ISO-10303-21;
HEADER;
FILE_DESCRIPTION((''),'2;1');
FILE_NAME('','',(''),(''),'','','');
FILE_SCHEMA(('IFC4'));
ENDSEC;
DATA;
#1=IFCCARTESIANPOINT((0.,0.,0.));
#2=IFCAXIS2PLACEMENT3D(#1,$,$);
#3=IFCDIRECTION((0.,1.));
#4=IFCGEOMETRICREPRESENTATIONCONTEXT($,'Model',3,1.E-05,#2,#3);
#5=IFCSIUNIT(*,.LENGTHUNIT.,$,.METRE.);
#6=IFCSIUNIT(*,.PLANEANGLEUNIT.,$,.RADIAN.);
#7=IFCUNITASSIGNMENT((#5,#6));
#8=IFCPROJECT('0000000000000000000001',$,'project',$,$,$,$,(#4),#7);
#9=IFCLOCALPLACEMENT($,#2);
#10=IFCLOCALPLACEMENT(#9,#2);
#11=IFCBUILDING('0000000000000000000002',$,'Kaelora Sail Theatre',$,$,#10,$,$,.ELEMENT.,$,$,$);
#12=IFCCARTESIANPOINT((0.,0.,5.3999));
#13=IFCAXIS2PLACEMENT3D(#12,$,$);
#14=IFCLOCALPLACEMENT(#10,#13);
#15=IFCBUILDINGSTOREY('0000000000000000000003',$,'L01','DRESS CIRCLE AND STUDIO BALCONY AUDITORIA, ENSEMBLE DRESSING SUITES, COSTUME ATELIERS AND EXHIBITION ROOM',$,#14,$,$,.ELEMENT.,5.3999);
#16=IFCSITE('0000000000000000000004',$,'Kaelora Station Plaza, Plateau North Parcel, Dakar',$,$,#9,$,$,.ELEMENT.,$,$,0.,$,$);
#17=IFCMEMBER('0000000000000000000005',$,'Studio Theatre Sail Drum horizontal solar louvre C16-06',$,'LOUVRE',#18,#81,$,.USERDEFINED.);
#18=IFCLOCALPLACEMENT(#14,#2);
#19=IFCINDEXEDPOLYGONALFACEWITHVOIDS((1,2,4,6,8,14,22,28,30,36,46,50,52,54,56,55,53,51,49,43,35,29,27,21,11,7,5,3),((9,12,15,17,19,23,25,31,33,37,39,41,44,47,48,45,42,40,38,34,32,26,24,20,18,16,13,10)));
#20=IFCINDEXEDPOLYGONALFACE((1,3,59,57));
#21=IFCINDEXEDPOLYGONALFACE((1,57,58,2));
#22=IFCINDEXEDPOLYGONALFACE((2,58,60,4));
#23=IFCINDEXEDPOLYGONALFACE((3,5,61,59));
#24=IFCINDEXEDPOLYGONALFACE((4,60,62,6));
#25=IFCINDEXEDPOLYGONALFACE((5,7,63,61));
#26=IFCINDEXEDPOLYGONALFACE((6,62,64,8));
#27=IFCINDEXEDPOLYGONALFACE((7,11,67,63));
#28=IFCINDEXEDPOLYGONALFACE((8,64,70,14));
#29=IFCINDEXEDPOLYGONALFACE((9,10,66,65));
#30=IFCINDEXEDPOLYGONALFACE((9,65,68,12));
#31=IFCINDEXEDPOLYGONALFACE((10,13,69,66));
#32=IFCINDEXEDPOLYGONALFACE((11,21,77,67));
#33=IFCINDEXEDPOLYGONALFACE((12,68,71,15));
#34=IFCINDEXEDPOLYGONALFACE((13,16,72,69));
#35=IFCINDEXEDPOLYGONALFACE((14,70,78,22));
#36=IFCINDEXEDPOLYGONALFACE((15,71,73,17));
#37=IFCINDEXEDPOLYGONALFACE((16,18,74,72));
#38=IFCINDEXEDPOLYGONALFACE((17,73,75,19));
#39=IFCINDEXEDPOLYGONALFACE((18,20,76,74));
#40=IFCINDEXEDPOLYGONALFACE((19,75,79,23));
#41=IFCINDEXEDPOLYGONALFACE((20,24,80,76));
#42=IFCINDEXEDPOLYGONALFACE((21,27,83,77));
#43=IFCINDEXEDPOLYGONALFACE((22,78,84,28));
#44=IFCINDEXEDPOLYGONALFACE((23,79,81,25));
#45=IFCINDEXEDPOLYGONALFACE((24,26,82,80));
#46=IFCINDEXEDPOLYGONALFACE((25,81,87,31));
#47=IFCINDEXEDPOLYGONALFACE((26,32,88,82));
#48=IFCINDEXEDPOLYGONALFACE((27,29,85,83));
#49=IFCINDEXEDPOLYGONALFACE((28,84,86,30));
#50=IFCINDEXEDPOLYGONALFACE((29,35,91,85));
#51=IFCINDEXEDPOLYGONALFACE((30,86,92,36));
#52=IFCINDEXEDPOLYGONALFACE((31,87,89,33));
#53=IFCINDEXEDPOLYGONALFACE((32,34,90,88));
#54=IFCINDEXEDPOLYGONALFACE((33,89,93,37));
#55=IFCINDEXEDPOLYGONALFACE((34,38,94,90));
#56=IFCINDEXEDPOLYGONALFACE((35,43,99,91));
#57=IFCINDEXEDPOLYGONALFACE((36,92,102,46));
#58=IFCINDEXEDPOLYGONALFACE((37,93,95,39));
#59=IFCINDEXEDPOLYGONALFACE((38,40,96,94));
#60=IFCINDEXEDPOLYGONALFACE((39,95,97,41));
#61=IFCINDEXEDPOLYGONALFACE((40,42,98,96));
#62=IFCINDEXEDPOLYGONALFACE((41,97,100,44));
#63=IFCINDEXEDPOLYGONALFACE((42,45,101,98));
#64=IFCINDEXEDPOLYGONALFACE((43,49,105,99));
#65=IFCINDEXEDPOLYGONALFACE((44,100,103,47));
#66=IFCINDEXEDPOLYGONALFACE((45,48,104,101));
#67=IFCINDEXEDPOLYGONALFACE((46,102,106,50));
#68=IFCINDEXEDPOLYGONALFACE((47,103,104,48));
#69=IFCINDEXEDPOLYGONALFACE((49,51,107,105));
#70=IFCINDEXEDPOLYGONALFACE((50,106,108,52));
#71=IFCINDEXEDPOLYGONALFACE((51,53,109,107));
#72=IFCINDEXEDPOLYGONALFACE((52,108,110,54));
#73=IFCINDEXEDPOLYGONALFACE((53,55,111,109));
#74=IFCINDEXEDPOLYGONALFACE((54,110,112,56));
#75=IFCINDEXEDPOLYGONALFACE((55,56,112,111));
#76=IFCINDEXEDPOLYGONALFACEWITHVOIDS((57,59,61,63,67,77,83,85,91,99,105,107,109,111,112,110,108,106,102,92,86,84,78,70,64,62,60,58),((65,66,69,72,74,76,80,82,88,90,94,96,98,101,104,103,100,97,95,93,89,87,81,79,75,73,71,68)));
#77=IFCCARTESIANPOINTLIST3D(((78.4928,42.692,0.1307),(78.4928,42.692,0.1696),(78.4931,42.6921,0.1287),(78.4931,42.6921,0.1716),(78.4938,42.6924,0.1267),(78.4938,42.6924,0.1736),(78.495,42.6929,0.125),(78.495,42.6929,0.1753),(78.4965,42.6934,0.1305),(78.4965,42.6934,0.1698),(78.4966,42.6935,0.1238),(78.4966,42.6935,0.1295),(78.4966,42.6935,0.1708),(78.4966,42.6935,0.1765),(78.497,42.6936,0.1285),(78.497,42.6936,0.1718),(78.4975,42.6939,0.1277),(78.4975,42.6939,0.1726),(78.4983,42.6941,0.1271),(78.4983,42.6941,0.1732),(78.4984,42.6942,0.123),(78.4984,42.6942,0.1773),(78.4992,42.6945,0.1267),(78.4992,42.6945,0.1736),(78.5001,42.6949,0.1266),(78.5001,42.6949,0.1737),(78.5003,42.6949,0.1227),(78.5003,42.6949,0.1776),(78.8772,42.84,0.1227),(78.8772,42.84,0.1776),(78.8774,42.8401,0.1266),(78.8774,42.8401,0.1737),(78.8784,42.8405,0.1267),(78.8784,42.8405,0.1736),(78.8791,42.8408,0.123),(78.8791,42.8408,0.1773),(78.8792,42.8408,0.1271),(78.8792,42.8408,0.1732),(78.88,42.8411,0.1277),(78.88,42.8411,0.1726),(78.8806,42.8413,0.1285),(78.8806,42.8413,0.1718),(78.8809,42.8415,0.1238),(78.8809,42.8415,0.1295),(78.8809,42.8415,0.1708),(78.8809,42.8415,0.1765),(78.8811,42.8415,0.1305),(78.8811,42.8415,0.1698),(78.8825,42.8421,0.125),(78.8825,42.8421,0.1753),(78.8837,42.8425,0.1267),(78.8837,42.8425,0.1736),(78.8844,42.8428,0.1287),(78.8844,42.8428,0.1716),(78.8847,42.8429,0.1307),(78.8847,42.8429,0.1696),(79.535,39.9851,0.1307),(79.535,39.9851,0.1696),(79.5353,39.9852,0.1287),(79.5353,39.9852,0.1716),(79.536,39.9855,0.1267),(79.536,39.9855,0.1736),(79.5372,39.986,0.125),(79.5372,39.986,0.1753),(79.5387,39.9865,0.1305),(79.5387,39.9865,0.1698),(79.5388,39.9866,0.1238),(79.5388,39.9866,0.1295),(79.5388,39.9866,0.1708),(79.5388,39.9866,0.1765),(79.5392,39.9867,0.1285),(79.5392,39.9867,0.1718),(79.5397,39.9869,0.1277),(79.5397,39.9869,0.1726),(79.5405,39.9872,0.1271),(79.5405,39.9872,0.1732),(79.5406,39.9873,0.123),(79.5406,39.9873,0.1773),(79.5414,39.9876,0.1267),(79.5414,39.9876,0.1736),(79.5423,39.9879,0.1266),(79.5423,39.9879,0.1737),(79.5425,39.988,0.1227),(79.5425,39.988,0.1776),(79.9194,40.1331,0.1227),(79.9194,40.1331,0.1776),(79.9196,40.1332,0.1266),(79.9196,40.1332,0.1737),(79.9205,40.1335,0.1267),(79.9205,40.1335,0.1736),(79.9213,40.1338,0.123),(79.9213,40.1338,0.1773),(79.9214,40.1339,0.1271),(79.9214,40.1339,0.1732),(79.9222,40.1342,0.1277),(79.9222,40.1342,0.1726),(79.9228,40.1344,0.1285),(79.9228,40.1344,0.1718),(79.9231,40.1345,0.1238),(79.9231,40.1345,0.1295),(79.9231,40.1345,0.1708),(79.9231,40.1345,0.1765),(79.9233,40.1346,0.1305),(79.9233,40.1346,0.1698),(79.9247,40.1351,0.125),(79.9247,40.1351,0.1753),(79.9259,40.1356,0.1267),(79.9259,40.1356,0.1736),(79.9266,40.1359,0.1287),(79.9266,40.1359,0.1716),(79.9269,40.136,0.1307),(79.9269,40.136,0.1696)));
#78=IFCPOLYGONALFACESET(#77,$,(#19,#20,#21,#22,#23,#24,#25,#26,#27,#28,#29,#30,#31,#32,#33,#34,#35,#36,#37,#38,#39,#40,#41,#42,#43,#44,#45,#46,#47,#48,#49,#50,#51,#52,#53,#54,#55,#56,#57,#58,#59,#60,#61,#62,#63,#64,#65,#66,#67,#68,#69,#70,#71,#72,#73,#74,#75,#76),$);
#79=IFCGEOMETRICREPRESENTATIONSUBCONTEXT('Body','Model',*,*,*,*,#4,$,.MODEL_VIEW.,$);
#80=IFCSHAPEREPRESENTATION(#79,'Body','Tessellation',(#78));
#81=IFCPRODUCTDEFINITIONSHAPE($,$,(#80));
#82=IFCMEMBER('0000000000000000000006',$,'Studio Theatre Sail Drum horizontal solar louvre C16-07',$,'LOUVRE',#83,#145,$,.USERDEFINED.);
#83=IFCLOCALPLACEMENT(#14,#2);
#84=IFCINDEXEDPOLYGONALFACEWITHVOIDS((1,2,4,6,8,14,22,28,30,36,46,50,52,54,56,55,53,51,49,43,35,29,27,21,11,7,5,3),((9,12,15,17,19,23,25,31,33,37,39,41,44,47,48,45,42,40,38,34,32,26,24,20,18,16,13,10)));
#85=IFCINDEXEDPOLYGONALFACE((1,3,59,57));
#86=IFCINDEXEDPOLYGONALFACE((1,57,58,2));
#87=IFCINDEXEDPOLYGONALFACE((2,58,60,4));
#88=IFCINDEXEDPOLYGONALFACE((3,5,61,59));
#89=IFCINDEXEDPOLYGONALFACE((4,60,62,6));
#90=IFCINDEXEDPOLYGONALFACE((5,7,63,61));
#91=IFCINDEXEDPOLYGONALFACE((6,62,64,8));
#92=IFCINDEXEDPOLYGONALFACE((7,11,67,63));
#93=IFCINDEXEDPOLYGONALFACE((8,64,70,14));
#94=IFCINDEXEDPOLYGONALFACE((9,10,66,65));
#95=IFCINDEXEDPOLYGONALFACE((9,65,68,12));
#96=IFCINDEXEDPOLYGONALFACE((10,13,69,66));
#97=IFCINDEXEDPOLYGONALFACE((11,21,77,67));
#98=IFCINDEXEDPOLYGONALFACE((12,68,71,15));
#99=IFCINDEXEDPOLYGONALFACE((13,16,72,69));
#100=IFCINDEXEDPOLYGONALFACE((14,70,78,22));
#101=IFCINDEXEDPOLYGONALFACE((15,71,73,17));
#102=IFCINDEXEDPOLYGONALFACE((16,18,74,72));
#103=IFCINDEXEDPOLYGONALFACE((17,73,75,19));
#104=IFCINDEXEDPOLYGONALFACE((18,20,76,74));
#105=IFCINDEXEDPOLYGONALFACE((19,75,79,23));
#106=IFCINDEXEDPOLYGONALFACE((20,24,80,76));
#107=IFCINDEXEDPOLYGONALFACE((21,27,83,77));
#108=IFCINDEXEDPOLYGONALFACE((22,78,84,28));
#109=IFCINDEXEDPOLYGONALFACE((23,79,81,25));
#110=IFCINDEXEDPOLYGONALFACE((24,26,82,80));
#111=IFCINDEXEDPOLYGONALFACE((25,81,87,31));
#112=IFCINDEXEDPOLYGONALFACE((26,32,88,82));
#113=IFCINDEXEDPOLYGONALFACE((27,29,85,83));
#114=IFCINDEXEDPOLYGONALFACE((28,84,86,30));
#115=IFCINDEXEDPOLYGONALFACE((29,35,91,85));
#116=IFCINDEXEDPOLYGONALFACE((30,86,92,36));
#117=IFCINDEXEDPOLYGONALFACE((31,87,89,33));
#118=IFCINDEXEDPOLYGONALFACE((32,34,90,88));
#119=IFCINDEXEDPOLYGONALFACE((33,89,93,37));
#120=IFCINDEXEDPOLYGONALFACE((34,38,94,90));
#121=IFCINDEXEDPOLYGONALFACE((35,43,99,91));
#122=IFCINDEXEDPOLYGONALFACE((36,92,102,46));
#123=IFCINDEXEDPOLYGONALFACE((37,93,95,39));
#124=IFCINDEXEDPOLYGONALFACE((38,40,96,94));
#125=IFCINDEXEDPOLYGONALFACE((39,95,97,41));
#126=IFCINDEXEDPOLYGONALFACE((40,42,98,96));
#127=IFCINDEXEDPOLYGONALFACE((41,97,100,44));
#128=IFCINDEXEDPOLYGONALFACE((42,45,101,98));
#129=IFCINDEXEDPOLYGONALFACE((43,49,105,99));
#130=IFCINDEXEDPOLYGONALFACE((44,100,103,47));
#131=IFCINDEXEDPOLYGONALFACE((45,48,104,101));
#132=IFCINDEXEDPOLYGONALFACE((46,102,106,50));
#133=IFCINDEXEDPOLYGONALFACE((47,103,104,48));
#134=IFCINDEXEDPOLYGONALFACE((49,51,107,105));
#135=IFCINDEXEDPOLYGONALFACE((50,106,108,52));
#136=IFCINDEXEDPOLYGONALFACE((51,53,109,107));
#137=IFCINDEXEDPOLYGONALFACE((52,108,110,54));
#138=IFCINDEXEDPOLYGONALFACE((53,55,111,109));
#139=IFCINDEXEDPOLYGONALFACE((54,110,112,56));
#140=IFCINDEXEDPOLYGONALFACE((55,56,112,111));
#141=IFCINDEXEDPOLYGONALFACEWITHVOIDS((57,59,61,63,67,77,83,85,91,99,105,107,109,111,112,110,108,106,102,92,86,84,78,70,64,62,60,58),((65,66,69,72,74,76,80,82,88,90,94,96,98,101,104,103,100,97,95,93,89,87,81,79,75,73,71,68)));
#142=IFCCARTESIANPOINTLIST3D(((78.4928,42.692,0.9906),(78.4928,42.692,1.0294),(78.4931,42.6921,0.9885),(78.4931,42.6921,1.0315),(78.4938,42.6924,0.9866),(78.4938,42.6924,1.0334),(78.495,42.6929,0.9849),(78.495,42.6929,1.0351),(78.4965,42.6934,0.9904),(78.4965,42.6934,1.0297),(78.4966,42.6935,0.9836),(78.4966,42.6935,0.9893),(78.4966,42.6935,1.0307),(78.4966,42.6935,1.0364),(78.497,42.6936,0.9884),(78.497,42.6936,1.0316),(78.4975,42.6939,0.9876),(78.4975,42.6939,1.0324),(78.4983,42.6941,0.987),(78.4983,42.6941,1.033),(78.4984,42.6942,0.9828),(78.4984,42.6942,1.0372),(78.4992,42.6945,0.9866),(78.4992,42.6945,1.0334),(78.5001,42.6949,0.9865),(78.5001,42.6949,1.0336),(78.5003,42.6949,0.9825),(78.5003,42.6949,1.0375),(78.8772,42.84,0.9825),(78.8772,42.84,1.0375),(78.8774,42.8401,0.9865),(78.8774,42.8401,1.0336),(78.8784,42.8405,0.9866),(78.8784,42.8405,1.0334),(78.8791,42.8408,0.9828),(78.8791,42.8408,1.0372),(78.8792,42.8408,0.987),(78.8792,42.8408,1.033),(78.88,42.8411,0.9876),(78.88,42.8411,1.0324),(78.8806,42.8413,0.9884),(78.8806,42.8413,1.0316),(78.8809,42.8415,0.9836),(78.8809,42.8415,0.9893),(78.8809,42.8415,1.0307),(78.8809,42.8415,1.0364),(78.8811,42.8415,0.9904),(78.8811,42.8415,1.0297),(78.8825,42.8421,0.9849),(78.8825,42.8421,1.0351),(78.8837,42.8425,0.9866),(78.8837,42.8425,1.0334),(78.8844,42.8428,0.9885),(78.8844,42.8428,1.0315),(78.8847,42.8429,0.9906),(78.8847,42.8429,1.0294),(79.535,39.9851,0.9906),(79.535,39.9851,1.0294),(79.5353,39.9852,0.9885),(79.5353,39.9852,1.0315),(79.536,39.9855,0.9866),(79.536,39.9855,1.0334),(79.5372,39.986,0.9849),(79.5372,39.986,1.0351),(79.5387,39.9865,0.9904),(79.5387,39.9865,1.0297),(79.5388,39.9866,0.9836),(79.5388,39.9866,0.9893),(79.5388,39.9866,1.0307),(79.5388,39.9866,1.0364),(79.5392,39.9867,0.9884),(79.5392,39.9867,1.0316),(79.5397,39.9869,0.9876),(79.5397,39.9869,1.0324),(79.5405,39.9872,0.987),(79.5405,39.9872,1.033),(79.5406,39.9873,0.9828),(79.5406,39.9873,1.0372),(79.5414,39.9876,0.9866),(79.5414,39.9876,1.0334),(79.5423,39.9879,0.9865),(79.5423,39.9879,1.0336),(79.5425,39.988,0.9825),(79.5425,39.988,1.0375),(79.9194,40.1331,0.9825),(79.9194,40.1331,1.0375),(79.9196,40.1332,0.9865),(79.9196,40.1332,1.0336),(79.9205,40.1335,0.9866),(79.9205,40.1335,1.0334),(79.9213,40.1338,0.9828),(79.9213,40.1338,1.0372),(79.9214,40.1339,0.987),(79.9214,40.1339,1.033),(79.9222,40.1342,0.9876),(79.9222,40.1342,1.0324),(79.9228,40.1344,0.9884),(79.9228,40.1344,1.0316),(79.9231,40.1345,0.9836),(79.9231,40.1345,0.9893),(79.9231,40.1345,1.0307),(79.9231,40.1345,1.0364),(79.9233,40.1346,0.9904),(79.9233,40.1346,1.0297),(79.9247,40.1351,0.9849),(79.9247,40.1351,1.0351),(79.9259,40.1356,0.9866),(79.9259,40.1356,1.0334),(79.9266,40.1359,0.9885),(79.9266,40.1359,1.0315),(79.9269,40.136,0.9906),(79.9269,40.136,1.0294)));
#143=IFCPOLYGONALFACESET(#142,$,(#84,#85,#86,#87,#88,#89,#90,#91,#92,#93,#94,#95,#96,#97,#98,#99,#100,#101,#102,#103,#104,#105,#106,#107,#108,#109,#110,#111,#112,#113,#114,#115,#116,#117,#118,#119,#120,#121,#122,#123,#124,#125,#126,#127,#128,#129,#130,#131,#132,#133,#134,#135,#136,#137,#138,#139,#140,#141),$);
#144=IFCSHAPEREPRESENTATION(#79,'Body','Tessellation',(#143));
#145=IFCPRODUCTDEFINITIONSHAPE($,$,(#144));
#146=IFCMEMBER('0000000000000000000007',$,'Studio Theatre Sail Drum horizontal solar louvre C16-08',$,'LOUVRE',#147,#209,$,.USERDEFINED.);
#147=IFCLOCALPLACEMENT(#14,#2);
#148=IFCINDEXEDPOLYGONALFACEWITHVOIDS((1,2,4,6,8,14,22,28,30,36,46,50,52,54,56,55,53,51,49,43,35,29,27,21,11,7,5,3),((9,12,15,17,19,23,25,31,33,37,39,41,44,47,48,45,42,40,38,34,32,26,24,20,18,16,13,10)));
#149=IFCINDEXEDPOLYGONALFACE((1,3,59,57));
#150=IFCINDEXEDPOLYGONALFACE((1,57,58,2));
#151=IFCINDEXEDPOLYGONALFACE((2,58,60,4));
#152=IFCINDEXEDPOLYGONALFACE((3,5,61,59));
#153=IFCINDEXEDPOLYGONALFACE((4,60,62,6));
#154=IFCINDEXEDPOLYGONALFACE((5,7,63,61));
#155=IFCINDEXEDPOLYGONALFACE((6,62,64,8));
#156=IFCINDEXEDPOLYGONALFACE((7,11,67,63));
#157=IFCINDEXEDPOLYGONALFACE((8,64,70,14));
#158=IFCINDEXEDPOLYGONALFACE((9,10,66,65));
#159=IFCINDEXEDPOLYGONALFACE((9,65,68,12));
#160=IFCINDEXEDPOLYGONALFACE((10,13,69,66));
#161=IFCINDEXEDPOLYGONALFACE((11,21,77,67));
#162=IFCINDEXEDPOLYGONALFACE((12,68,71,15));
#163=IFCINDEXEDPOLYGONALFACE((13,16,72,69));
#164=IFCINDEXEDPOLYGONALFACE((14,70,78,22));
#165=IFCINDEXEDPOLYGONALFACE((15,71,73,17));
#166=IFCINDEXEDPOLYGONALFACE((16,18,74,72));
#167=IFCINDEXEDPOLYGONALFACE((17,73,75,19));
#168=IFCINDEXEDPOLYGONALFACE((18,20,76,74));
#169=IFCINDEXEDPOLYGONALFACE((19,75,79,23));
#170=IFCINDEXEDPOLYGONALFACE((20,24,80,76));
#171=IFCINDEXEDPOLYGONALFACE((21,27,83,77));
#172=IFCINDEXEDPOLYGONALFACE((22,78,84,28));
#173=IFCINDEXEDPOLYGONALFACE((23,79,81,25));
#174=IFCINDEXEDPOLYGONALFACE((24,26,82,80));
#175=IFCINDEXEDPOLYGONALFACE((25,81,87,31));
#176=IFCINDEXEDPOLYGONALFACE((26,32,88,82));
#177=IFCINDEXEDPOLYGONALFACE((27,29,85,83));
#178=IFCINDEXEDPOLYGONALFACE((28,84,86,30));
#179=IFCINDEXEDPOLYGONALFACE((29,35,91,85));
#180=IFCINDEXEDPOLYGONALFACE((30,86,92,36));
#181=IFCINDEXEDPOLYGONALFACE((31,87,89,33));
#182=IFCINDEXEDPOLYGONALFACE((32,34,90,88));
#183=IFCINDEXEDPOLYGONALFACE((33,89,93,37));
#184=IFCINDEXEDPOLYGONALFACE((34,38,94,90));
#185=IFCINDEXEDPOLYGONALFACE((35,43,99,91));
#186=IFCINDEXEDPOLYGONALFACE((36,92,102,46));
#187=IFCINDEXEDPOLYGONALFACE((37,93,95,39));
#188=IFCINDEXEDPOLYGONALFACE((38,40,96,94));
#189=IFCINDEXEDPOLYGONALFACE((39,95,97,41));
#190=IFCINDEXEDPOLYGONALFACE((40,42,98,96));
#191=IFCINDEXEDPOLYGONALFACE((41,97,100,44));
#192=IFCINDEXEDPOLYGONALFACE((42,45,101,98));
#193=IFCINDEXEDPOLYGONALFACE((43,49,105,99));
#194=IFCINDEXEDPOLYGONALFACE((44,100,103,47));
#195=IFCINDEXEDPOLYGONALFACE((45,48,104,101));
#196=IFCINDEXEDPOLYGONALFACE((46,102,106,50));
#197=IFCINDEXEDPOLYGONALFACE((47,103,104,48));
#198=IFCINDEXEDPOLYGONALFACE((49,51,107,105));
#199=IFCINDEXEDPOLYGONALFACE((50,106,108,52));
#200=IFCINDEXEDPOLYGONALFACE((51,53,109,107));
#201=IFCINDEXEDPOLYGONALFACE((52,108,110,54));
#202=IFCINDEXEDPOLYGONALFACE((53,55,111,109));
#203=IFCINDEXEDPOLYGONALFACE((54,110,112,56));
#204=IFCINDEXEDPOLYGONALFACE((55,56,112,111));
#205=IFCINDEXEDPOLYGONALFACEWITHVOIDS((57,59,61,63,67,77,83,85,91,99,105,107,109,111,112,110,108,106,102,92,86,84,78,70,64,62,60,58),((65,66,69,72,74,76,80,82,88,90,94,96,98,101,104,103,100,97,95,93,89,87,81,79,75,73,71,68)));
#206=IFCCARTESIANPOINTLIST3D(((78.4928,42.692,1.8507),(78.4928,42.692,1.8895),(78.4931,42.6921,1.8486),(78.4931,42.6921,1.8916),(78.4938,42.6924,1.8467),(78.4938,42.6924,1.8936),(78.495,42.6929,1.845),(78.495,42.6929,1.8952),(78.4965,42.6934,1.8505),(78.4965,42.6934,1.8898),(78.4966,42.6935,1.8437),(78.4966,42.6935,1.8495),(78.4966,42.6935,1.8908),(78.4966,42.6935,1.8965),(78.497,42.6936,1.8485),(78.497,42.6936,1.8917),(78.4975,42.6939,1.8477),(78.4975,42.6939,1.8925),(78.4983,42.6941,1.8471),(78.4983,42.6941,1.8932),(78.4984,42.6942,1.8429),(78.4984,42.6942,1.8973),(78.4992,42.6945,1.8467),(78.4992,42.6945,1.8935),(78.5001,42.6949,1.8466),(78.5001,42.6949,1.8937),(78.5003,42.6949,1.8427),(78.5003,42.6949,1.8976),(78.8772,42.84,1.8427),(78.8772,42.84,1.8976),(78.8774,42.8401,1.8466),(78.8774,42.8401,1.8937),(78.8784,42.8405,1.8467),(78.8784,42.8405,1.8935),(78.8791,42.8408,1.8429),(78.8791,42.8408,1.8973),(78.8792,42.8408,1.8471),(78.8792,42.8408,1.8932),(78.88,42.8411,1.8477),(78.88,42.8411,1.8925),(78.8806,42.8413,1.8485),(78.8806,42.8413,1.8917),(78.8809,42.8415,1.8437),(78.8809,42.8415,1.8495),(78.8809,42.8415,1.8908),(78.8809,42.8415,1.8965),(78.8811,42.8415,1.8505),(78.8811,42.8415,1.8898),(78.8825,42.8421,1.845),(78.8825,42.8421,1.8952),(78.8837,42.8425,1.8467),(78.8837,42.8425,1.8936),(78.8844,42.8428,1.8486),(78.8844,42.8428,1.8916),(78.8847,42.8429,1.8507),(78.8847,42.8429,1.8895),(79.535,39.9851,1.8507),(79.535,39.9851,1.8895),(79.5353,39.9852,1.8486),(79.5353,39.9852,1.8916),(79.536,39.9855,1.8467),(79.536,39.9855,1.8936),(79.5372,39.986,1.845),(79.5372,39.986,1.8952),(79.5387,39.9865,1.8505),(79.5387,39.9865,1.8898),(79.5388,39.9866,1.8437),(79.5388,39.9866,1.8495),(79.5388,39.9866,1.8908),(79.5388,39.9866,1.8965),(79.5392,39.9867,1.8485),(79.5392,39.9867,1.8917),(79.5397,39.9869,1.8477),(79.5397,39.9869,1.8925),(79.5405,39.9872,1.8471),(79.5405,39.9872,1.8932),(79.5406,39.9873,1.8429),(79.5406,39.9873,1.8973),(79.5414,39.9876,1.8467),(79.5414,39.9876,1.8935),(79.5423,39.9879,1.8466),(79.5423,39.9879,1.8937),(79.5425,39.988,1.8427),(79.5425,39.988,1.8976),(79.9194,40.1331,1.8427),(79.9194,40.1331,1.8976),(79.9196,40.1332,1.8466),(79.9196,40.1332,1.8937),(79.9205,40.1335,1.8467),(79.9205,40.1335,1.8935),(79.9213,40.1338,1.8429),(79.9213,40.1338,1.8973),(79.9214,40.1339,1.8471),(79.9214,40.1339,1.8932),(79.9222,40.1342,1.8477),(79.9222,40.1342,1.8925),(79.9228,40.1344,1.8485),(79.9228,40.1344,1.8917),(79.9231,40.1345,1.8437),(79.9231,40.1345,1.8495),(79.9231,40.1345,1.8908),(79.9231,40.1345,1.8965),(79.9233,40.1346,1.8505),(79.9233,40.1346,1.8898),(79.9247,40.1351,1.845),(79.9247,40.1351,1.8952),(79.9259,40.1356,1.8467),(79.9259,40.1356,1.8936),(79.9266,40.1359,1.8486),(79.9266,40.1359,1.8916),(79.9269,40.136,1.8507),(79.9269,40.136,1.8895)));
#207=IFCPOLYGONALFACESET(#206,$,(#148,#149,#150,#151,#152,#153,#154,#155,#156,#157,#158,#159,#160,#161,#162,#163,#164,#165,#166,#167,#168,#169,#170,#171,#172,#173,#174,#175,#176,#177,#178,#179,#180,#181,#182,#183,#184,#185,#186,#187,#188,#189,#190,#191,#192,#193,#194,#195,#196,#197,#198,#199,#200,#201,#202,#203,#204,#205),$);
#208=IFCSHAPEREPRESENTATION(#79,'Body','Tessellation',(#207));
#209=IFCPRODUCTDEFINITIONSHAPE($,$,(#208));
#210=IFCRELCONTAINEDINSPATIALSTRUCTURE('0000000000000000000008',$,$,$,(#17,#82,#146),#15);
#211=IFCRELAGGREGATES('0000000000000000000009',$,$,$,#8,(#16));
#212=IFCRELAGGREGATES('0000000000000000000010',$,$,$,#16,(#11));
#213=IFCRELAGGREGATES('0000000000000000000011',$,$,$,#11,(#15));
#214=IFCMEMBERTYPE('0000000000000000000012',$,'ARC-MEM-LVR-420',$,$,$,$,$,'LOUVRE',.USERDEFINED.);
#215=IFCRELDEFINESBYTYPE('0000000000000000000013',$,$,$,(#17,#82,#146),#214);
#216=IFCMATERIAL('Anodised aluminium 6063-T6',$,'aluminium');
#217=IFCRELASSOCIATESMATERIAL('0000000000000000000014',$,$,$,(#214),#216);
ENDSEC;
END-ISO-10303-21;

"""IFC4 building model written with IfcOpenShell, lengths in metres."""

from ifc_helpers import new_model, si_unit, direction, frame, origin, origin_2d, place, context, subcontext, project, spatial, hollow_rectangle, extrude, material, material_profile, profile_set, type_object, element, save


model = new_model("IFC4")

# Units and contexts
model_context = context("Model", 3, precision=1e-05, world=origin(), true_north=direction((0.0, 1.0)))
body_context = subcontext(model_context, "Body", "Model", "MODEL_VIEW")
ifc_project = project(units=[si_unit("LENGTHUNIT", "METRE"), si_unit("PLANEANGLEUNIT", "RADIAN")], contexts=[model_context])

# Site, building, storey
site_placement = place(None, origin())
site = spatial("IfcSite", under=ifc_project, at=site_placement, Name="Kaelora Station Plaza, Plateau North Parcel, Dakar", CompositionType="ELEMENT", RefElevation=0.0)
building_placement = place(site_placement, origin())
building = spatial("IfcBuilding", under=site, at=building_placement, Name="Kaelora Sail Theatre", CompositionType="ELEMENT")
storey_placement = place(building_placement, frame((0.0, 0.0, 5.3999)))
storey = spatial("IfcBuildingStorey", under=building, at=storey_placement, Name="L01", Description="DRESS CIRCLE AND STUDIO BALCONY AUDITORIA, ENSEMBLE DRESSING SUITES, COSTUME ATELIERS AND EXHIBITION ROOM", CompositionType="ELEMENT", Elevation=5.3999)

# Members
ifc_material_1 = material(Name="Anodised aluminium 6063-T6", Category="aluminium")
ifc_material_profile_1 = material_profile(ifc_material_1, hollow_rectangle(XDim=0.4199, YDim=0.0549, WallThickness=0.0039, InnerFilletRadius=0.0039, OuterFilletRadius=0.0081, at=origin_2d()), Name="LOUVRE 420x55x4")
ifc_profile_set_1 = profile_set([ifc_material_profile_1], Name="Anodised aluminium 6063-T6")
member_type = type_object("IfcMemberType", Name="ARC-MEM-LVR-420", ElementType="LOUVRE", PredefinedType="USERDEFINED", material=ifc_profile_set_1)
for number, where, z_axis, x_axis, name in (
    (1, (79.731, 40.0605, 0.1501), (-0.359301, 0.933222, 0.0), (-0.933222, -0.359301, 0.0), "Studio Theatre Sail Drum horizontal solar louvre C16-06"),
    (2, (79.731, 40.0605, 1.01), (-0.359301, 0.933222, 0.0), (-0.933222, -0.359301, 0.0), "Studio Theatre Sail Drum horizontal solar louvre C16-07"),
    (3, (79.731, 40.0605, 1.8701), (-0.359301, 0.933222, 0.0), (-0.933222, -0.359301, 0.0), "Studio Theatre Sail Drum horizontal solar louvre C16-08"),
):
    element("IfcMember", number, at=place(storey_placement, frame(where, z_axis=z_axis, x_axis=x_axis)), inside=storey, type_object=member_type, Name=name, ObjectType="LOUVRE", PredefinedType="USERDEFINED", context=body_context, shape_type="SweptSolid", body=[
        extrude(hollow_rectangle(XDim=0.4199, YDim=0.0549, WallThickness=0.0039, InnerFilletRadius=0.0039, OuterFilletRadius=0.0081, at=origin_2d()), origin(), (0.0, 0.0, 1.0), 2.9006),
    ])

save(model, "model.ifc")
